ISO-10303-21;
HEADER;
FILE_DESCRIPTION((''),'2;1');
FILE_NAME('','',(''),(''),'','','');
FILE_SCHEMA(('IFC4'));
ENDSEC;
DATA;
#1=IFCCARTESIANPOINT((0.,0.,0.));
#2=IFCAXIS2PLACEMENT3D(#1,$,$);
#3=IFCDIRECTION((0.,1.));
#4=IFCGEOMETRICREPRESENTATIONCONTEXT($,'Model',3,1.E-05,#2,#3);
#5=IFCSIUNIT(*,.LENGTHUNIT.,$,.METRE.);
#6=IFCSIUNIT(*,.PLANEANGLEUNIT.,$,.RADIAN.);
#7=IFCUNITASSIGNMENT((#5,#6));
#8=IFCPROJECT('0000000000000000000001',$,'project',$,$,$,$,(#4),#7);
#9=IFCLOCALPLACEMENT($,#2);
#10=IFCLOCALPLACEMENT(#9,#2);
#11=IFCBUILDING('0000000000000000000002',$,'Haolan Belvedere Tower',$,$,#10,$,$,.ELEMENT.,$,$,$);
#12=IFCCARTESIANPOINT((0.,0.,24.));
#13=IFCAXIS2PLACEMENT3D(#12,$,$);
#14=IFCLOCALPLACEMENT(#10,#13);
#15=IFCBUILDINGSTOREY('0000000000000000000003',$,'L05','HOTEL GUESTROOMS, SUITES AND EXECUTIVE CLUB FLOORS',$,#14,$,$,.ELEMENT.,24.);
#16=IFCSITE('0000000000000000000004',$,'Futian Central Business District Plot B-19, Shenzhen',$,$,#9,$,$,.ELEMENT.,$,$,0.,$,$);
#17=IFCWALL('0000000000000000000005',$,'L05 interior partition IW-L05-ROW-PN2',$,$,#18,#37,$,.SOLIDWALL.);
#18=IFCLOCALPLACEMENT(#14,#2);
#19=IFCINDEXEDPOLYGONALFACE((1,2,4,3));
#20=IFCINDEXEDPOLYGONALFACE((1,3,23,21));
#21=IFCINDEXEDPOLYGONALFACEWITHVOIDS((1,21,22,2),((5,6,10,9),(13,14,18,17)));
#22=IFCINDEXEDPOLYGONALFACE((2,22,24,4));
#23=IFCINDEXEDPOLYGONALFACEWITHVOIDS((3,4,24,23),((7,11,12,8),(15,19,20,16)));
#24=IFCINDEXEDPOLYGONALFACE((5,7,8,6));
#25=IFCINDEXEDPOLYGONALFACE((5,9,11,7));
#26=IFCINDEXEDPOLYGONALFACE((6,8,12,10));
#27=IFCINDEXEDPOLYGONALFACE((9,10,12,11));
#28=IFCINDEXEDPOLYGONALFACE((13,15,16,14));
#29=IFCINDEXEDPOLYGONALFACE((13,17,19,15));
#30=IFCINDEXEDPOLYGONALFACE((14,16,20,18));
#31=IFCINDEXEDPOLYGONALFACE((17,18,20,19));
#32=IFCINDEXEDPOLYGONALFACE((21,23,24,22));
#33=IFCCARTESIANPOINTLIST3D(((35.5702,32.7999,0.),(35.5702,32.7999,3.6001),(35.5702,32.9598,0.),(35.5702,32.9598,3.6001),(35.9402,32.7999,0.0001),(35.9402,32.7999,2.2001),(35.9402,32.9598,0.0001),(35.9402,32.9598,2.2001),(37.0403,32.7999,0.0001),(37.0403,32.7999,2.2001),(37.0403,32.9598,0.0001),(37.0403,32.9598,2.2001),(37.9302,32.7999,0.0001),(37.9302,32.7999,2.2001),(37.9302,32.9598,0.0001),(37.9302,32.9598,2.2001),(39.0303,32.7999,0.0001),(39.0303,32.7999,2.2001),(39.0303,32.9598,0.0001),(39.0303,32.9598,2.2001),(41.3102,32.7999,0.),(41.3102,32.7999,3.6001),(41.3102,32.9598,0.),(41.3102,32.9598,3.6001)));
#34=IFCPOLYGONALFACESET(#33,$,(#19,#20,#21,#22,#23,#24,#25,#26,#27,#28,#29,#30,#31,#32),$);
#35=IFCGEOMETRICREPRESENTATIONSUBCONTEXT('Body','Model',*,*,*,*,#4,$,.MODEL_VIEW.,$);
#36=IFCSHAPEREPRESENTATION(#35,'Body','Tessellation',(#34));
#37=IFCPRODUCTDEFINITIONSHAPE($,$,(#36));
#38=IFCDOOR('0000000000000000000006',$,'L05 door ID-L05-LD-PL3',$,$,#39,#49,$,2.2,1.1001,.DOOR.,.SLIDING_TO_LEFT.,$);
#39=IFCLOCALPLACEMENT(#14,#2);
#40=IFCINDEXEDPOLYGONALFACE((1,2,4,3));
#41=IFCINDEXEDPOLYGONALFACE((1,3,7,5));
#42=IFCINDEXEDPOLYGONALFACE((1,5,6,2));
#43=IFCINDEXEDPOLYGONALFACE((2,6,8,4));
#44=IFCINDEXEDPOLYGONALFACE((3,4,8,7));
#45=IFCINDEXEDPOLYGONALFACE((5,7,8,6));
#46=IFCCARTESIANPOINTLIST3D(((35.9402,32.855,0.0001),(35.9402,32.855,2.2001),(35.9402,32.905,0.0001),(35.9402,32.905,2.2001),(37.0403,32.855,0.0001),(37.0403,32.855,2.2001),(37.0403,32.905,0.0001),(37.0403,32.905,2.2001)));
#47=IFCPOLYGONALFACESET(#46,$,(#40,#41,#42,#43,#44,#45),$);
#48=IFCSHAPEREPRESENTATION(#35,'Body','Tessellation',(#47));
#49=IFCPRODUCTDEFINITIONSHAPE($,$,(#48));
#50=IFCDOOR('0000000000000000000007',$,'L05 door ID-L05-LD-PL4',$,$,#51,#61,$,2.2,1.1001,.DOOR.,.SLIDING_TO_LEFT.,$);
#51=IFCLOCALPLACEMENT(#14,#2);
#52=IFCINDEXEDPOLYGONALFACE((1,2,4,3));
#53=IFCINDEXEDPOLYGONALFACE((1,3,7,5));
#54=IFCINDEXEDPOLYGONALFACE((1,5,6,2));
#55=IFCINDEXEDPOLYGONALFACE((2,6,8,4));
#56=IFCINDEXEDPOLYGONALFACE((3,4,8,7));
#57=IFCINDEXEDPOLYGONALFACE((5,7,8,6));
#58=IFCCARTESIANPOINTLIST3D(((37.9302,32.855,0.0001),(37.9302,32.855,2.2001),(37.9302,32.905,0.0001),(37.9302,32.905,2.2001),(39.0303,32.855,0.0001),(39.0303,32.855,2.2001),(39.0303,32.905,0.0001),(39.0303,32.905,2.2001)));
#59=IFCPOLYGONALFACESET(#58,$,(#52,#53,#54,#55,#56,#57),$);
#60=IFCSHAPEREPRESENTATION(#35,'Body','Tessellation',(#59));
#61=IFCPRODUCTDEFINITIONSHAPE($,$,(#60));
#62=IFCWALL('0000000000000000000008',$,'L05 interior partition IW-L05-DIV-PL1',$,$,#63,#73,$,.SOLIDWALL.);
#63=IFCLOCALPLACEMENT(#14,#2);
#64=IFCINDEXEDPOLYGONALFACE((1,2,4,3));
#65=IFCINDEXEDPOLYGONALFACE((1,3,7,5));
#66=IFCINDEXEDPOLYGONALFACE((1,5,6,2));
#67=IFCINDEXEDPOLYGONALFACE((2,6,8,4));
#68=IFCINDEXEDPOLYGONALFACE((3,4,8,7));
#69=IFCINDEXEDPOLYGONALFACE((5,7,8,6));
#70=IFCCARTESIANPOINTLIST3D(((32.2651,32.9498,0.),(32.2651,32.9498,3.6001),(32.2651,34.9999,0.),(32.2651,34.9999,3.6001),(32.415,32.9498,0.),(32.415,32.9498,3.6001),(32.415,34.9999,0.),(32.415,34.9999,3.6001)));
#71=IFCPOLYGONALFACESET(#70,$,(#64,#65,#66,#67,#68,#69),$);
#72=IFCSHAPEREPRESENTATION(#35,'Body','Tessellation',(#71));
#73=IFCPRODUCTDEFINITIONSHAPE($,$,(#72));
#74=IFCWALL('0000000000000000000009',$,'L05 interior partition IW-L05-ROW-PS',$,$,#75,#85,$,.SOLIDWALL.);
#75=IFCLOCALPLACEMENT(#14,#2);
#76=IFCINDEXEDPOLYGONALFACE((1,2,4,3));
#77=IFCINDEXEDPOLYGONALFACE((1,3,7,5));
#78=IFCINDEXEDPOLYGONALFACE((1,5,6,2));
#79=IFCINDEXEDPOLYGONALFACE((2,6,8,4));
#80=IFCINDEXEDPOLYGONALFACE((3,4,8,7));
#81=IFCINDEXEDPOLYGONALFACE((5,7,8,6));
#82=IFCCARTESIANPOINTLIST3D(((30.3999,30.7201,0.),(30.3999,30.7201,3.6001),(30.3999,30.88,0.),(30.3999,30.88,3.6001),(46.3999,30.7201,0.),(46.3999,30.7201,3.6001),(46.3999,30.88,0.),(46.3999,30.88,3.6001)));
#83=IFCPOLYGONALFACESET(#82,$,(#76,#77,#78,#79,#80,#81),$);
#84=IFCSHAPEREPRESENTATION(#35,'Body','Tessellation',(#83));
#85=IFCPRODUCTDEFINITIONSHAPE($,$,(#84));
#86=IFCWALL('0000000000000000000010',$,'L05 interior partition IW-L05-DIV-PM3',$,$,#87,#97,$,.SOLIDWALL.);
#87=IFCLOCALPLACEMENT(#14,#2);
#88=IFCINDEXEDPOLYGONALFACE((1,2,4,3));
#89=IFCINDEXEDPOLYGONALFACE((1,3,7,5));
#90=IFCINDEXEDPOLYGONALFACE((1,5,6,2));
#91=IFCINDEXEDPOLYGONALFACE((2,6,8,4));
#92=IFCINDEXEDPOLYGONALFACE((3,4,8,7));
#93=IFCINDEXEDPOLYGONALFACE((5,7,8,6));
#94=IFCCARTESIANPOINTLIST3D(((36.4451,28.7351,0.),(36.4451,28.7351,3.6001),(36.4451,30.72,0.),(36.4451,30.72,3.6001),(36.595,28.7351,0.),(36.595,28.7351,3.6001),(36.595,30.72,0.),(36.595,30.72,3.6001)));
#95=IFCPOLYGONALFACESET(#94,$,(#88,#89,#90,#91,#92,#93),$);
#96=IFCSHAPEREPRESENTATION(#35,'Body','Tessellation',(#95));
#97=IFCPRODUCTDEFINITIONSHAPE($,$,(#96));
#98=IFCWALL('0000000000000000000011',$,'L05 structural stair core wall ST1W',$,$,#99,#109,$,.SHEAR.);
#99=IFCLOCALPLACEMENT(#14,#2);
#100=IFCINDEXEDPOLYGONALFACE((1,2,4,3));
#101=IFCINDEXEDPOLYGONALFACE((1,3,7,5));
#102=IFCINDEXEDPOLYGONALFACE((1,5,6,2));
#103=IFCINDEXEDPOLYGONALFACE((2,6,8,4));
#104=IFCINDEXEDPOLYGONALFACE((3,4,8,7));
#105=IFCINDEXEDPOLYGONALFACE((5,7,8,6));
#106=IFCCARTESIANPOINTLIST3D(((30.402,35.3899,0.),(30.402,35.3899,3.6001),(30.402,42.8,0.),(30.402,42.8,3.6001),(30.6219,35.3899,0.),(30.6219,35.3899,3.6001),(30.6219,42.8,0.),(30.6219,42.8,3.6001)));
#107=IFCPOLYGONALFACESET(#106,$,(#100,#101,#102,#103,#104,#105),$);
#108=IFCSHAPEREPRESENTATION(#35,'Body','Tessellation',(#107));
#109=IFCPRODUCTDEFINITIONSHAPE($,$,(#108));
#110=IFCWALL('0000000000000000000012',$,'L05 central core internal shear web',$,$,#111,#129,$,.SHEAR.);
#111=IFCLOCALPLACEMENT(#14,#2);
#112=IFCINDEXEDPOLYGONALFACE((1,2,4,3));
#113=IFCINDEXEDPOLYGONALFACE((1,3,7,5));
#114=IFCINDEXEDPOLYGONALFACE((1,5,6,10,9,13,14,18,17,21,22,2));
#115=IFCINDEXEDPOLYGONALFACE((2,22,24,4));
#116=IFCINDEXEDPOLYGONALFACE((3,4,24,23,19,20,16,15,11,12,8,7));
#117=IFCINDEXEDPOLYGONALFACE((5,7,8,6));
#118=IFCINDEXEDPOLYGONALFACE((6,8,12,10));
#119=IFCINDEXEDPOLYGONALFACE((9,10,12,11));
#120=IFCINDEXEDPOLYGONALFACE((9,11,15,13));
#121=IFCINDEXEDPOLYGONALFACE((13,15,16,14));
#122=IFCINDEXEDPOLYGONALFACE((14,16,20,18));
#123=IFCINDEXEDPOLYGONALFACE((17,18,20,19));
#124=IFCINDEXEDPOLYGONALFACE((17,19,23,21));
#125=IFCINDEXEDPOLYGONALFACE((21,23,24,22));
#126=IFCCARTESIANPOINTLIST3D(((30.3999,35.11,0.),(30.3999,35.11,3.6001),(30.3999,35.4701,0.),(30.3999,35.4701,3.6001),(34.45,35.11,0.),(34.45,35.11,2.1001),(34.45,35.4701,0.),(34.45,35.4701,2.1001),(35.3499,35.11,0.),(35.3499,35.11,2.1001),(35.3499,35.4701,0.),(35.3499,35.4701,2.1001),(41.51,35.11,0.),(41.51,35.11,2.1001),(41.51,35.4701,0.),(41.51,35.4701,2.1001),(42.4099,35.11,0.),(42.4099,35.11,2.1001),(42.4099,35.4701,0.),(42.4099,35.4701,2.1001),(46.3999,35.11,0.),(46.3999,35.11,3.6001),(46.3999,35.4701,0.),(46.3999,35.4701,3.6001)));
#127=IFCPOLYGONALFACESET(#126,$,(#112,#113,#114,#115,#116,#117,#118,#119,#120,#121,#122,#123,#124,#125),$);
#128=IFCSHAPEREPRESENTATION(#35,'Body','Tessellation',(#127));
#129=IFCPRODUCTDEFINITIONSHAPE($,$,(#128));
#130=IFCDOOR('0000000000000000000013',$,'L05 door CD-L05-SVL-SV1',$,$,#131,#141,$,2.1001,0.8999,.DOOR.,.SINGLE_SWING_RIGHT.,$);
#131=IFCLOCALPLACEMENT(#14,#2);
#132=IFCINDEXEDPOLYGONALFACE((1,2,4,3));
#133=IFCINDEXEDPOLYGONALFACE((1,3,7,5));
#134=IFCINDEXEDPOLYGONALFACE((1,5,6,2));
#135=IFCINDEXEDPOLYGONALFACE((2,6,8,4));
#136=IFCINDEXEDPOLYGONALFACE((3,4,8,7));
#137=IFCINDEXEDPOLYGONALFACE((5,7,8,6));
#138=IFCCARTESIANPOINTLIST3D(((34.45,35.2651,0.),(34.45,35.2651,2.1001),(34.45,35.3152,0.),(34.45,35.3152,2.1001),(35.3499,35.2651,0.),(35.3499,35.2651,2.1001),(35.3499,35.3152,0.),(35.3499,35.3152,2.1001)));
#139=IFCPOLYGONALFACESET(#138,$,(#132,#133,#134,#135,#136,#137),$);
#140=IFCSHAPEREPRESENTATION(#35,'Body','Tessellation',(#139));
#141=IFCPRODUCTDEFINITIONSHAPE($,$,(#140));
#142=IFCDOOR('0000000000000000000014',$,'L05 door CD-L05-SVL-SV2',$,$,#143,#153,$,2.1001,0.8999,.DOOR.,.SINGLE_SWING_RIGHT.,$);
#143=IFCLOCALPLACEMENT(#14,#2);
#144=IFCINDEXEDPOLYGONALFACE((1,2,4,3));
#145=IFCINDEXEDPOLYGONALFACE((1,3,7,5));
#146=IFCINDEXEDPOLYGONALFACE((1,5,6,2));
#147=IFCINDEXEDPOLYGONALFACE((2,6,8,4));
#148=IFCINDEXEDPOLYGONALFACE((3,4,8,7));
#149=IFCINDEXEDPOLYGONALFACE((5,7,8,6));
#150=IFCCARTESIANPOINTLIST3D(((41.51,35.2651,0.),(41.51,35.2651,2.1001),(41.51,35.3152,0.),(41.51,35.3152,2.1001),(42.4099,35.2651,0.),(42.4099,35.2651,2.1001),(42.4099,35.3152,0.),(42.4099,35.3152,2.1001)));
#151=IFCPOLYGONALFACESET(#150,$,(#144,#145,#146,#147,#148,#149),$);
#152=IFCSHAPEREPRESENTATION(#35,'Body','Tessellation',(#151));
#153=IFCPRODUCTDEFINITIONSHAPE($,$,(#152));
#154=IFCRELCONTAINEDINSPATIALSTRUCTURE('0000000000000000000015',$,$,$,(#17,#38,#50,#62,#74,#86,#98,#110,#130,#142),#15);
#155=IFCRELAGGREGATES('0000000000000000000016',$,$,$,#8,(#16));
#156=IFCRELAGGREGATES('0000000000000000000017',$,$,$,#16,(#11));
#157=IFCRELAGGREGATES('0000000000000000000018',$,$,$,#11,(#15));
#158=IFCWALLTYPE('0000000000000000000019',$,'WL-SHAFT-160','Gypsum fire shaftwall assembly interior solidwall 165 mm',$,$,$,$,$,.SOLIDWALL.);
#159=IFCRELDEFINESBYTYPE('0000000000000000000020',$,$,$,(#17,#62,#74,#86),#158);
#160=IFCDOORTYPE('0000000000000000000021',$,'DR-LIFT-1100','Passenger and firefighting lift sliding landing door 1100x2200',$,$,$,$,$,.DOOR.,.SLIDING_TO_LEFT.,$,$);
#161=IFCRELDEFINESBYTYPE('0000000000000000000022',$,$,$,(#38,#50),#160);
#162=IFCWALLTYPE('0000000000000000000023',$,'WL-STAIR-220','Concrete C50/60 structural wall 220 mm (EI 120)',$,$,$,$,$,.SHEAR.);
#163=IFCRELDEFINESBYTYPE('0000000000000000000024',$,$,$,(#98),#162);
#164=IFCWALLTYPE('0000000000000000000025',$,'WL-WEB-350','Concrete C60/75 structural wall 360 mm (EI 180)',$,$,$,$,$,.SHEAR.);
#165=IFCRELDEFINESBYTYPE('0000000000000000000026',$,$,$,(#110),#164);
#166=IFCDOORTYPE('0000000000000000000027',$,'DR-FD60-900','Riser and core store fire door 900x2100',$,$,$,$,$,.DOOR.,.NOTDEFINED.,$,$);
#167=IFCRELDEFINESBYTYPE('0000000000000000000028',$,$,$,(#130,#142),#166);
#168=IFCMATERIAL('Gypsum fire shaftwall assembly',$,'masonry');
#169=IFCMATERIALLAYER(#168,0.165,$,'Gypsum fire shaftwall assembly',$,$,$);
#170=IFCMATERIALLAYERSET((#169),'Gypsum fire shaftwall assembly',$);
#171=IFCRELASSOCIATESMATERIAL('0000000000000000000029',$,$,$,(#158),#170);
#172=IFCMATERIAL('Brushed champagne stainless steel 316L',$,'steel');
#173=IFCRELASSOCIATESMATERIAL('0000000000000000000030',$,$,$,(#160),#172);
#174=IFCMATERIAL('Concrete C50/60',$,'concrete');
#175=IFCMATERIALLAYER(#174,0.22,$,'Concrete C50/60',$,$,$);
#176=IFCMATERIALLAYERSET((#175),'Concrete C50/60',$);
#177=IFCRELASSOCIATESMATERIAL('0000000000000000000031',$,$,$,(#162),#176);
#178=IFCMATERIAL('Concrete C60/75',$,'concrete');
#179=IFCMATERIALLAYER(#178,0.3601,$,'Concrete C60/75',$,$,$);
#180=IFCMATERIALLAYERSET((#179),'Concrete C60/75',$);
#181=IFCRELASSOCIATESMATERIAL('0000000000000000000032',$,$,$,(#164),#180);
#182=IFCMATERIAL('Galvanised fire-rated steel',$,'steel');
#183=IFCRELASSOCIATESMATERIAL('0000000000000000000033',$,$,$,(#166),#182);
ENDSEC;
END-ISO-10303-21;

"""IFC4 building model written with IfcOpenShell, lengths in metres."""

from ifc_helpers import new_model, si_unit, direction, frame, frame_2d, origin, place, context, subcontext, project, spatial, rectangle, extrude, material, layer, layer_set, type_object, element, fill, save


model = new_model("IFC4")

# Units and contexts
model_context = context("Model", 3, precision=1e-05, world=origin(), true_north=direction((0.0, 1.0)))
body_context = subcontext(model_context, "Body", "Model", "MODEL_VIEW")
ifc_project = project(units=[si_unit("LENGTHUNIT", "METRE"), si_unit("PLANEANGLEUNIT", "RADIAN")], contexts=[model_context])

# Site, building, storey
site_placement = place(None, origin())
site = spatial("IfcSite", under=ifc_project, at=site_placement, Name="Futian Central Business District Plot B-19, Shenzhen", CompositionType="ELEMENT", RefElevation=0.0)
building_placement = place(site_placement, origin())
building = spatial("IfcBuilding", under=site, at=building_placement, Name="Haolan Belvedere Tower", CompositionType="ELEMENT")
storey_placement = place(building_placement, frame((0.0, 0.0, 24.0)))
storey = spatial("IfcBuildingStorey", under=building, at=storey_placement, Name="L05", Description="HOTEL GUESTROOMS, SUITES AND EXECUTIVE CLUB FLOORS", CompositionType="ELEMENT", Elevation=24.0)

# Shared definitions
ifc_material_1 = material(Name="Concrete C60/75", Category="concrete")

# Shared definitions
ifc_material_2 = material(Name="Gypsum fire shaftwall assembly", Category="masonry")
ifc_layer_1 = layer(ifc_material_2, 0.165, Name="Gypsum fire shaftwall assembly")
ifc_layer_set_1 = layer_set([ifc_layer_1], Name="Gypsum fire shaftwall assembly")
wall_type_1 = type_object("IfcWallType", Name="WL-SHAFT-160", Description="Gypsum fire shaftwall assembly interior solidwall 165 mm", PredefinedType="SOLIDWALL", material=ifc_layer_set_1)

# Wall, openings, doors
ifc_material_3 = material(Name="Brushed champagne stainless steel 316L", Category="steel")
door_type_1 = type_object("IfcDoorType", Name="DR-LIFT-1100", Description="Passenger and firefighting lift sliding landing door 1100x2200", OperationType="SLIDING_TO_LEFT", PredefinedType="DOOR", material=ifc_material_3)
wall_1_placement = place(storey_placement, frame((35.5701, 32.8799, 0.0), z_axis=(0.0, 0.0, 1.0), x_axis=(1.0, 0.0, 0.0)))
wall_1 = element("IfcWall", 1, at=wall_1_placement, inside=storey, type_object=wall_type_1, Name="L05 interior partition IW-L05-ROW-PN2", PredefinedType="SOLIDWALL", context=body_context, shape_type="SweptSolid", body=[
    extrude(rectangle(XDim=5.74, YDim=0.1599, at=frame_2d((2.8701, 0.0))), origin(), (0.0, 0.0, 1.0), 3.6001),
])
opening_1_placement = place(wall_1_placement, frame((1.4702, 0.0, 0.0), z_axis=(0.0, 0.0, 1.0), x_axis=(-1.0, 0.0, 0.0)))
opening_1 = element("IfcOpeningElement", 2, at=opening_1_placement, cuts=wall_1, PredefinedType="OPENING", context=body_context, shape_type="SweptSolid", body=[
    extrude(rectangle(XDim=1.1001, YDim=2.2, at=frame_2d((0.55, 1.1001))), frame((0.0, 0.0898, 0.0), z_axis=(0.0, -1.0, 0.0), x_axis=(1.0, 0.0, 0.0)), (0.0, 0.0, 1.0), 0.1799),
])
opening_2_placement = place(wall_1_placement, frame((3.4602, 0.0, 0.0), z_axis=(0.0, 0.0, 1.0), x_axis=(-1.0, 0.0, 0.0)))
opening_2 = element("IfcOpeningElement", 3, at=opening_2_placement, cuts=wall_1, PredefinedType="OPENING", context=body_context, shape_type="SweptSolid", body=[
    extrude(rectangle(XDim=1.1001, YDim=2.2, at=frame_2d((0.55, 1.1001))), frame((0.0, 0.0898, 0.0), z_axis=(0.0, -1.0, 0.0), x_axis=(1.0, 0.0, 0.0)), (0.0, 0.0, 1.0), 0.1799),
])
door_1_placement = place(opening_1_placement, origin())
door_1 = element("IfcDoor", 4, at=door_1_placement, inside=storey, type_object=door_type_1, Name="L05 door ID-L05-LD-PL3", OperationType="SLIDING_TO_LEFT", OverallHeight=2.2, OverallWidth=1.1001, PredefinedType="DOOR", context=body_context, shape_type="SweptSolid", body=[
    extrude(rectangle(XDim=1.1001, YDim=2.2, at=frame_2d((0.55, 1.1001))), frame((0.0, 0.0249, 0.0), z_axis=(0.0, -1.0, 0.0), x_axis=(1.0, 0.0, 0.0)), (0.0, 0.0, 1.0), 0.05),
])
fill(opening_1, door_1)
door_2_placement = place(opening_2_placement, origin())
door_2 = element("IfcDoor", 5, at=door_2_placement, inside=storey, type_object=door_type_1, Name="L05 door ID-L05-LD-PL4", OperationType="SLIDING_TO_LEFT", OverallHeight=2.2, OverallWidth=1.1001, PredefinedType="DOOR", context=body_context, shape_type="SweptSolid", body=[
    extrude(rectangle(XDim=1.1001, YDim=2.2, at=frame_2d((0.55, 1.1001))), frame((0.0, 0.0249, 0.0), z_axis=(0.0, -1.0, 0.0), x_axis=(1.0, 0.0, 0.0)), (0.0, 0.0, 1.0), 0.05),
])
fill(opening_2, door_2)

# Walls
wall_2_placement = place(storey_placement, frame((32.3401, 32.95, 0.0), z_axis=(0.0, 0.0, 1.0), x_axis=(0.0, 1.0, 0.0)))
element("IfcWall", 6, at=wall_2_placement, inside=storey, type_object=wall_type_1, Name="L05 interior partition IW-L05-DIV-PL1", PredefinedType="SOLIDWALL", context=body_context, shape_type="SweptSolid", body=[
    extrude(rectangle(XDim=2.05, YDim=0.1499, at=frame_2d((1.0249, 0.0))), origin(), (0.0, 0.0, 1.0), 3.6001),
])
wall_3_placement = place(storey_placement, frame((30.3999, 30.8, 0.0), z_axis=(0.0, 0.0, 1.0), x_axis=(1.0, 0.0, 0.0)))
element("IfcWall", 7, at=wall_3_placement, inside=storey, type_object=wall_type_1, Name="L05 interior partition IW-L05-ROW-PS", PredefinedType="SOLIDWALL", context=body_context, shape_type="SweptSolid", body=[
    extrude(rectangle(XDim=16.0, YDim=0.1599, at=frame_2d((8.0, 0.0))), origin(), (0.0, 0.0, 1.0), 3.6001),
])
wall_4_placement = place(storey_placement, frame((36.52, 28.7351, 0.0), z_axis=(0.0, 0.0, 1.0), x_axis=(0.0, 1.0, 0.0)))
element("IfcWall", 8, at=wall_4_placement, inside=storey, type_object=wall_type_1, Name="L05 interior partition IW-L05-DIV-PM3", PredefinedType="SOLIDWALL", context=body_context, shape_type="SweptSolid", body=[
    extrude(rectangle(XDim=1.9849, YDim=0.1499, at=frame_2d((0.9924, 0.0))), origin(), (0.0, 0.0, 1.0), 3.6001),
])
ifc_material_4 = material(Name="Concrete C50/60", Category="concrete")
ifc_layer_2 = layer(ifc_material_4, 0.22, Name="Concrete C50/60")
ifc_layer_set_2 = layer_set([ifc_layer_2], Name="Concrete C50/60")
wall_type_2 = type_object("IfcWallType", Name="WL-STAIR-220", Description="Concrete C50/60 structural wall 220 mm (EI 120)", PredefinedType="SHEAR", material=ifc_layer_set_2)
wall_5_placement = place(storey_placement, frame((30.512, 35.3899, 0.0), z_axis=(0.0, 0.0, 1.0), x_axis=(0.0, 1.0, 0.0)))
element("IfcWall", 9, at=wall_5_placement, inside=storey, type_object=wall_type_2, Name="L05 structural stair core wall ST1W", PredefinedType="SHEAR", context=body_context, shape_type="SweptSolid", body=[
    extrude(rectangle(XDim=7.4102, YDim=0.22, at=frame_2d((3.7051, 0.0))), origin(), (0.0, 0.0, 1.0), 3.6001),
])

# Wall, openings, doors
ifc_layer_3 = layer(ifc_material_1, 0.3601, Name="Concrete C60/75")
ifc_layer_set_3 = layer_set([ifc_layer_3], Name="Concrete C60/75")
wall_type_3 = type_object("IfcWallType", Name="WL-WEB-350", Description="Concrete C60/75 structural wall 360 mm (EI 180)", PredefinedType="SHEAR", material=ifc_layer_set_3)
wall_6_placement = place(storey_placement, frame((30.3999, 35.29, 0.0), z_axis=(0.0, 0.0, 1.0), x_axis=(1.0, 0.0, 0.0)))
wall_6 = element("IfcWall", 10, at=wall_6_placement, inside=storey, type_object=wall_type_3, Name="L05 central core internal shear web", PredefinedType="SHEAR", context=body_context, shape_type="SweptSolid", body=[
    extrude(rectangle(XDim=16.0, YDim=0.3601, at=frame_2d((8.0, 0.0))), origin(), (0.0, 0.0, 1.0), 3.6001),
])
opening_3_placement = place(wall_6_placement, frame((4.95, 0.0, 0.0), z_axis=(0.0, 0.0, 1.0), x_axis=(-1.0, 0.0, 0.0)))
opening_3 = element("IfcOpeningElement", 11, at=opening_3_placement, cuts=wall_6, PredefinedType="OPENING", context=body_context, shape_type="SweptSolid", body=[
    extrude(rectangle(XDim=0.8999, YDim=2.1001, at=frame_2d((0.45, 1.05))), frame((0.0, 0.1899, 0.0), z_axis=(0.0, -1.0, 0.0), x_axis=(1.0, 0.0, 0.0)), (0.0, 0.0, 1.0), 0.3801),
])
opening_4_placement = place(wall_6_placement, frame((12.01, 0.0, 0.0), z_axis=(0.0, 0.0, 1.0), x_axis=(-1.0, 0.0, 0.0)))
opening_4 = element("IfcOpeningElement", 12, at=opening_4_placement, cuts=wall_6, PredefinedType="OPENING", context=body_context, shape_type="SweptSolid", body=[
    extrude(rectangle(XDim=0.8999, YDim=2.1001, at=frame_2d((0.45, 1.05))), frame((0.0, 0.1899, 0.0), z_axis=(0.0, -1.0, 0.0), x_axis=(1.0, 0.0, 0.0)), (0.0, 0.0, 1.0), 0.3801),
])
ifc_material_5 = material(Name="Galvanised fire-rated steel", Category="steel")
door_type_2 = type_object("IfcDoorType", Name="DR-FD60-900", Description="Riser and core store fire door 900x2100", OperationType="NOTDEFINED", PredefinedType="DOOR", material=ifc_material_5)
door_3_placement = place(opening_3_placement, origin())
door_3 = element("IfcDoor", 13, at=door_3_placement, inside=storey, type_object=door_type_2, Name="L05 door CD-L05-SVL-SV1", OperationType="SINGLE_SWING_RIGHT", OverallHeight=2.1001, OverallWidth=0.8999, PredefinedType="DOOR", context=body_context, shape_type="SweptSolid", body=[
    extrude(rectangle(XDim=0.8999, YDim=2.1001, at=frame_2d((0.45, 1.05))), frame((0.0, 0.0249, 0.0), z_axis=(0.0, -1.0, 0.0), x_axis=(1.0, 0.0, 0.0)), (0.0, 0.0, 1.0), 0.05),
])
fill(opening_3, door_3)
door_4_placement = place(opening_4_placement, origin())
door_4 = element("IfcDoor", 14, at=door_4_placement, inside=storey, type_object=door_type_2, Name="L05 door CD-L05-SVL-SV2", OperationType="SINGLE_SWING_RIGHT", OverallHeight=2.1001, OverallWidth=0.8999, PredefinedType="DOOR", context=body_context, shape_type="SweptSolid", body=[
    extrude(rectangle(XDim=0.8999, YDim=2.1001, at=frame_2d((0.45, 1.05))), frame((0.0, 0.0249, 0.0), z_axis=(0.0, -1.0, 0.0), x_axis=(1.0, 0.0, 0.0)), (0.0, 0.0, 1.0), 0.05),
])
fill(opening_4, door_4)

save(model, "model.ifc")
